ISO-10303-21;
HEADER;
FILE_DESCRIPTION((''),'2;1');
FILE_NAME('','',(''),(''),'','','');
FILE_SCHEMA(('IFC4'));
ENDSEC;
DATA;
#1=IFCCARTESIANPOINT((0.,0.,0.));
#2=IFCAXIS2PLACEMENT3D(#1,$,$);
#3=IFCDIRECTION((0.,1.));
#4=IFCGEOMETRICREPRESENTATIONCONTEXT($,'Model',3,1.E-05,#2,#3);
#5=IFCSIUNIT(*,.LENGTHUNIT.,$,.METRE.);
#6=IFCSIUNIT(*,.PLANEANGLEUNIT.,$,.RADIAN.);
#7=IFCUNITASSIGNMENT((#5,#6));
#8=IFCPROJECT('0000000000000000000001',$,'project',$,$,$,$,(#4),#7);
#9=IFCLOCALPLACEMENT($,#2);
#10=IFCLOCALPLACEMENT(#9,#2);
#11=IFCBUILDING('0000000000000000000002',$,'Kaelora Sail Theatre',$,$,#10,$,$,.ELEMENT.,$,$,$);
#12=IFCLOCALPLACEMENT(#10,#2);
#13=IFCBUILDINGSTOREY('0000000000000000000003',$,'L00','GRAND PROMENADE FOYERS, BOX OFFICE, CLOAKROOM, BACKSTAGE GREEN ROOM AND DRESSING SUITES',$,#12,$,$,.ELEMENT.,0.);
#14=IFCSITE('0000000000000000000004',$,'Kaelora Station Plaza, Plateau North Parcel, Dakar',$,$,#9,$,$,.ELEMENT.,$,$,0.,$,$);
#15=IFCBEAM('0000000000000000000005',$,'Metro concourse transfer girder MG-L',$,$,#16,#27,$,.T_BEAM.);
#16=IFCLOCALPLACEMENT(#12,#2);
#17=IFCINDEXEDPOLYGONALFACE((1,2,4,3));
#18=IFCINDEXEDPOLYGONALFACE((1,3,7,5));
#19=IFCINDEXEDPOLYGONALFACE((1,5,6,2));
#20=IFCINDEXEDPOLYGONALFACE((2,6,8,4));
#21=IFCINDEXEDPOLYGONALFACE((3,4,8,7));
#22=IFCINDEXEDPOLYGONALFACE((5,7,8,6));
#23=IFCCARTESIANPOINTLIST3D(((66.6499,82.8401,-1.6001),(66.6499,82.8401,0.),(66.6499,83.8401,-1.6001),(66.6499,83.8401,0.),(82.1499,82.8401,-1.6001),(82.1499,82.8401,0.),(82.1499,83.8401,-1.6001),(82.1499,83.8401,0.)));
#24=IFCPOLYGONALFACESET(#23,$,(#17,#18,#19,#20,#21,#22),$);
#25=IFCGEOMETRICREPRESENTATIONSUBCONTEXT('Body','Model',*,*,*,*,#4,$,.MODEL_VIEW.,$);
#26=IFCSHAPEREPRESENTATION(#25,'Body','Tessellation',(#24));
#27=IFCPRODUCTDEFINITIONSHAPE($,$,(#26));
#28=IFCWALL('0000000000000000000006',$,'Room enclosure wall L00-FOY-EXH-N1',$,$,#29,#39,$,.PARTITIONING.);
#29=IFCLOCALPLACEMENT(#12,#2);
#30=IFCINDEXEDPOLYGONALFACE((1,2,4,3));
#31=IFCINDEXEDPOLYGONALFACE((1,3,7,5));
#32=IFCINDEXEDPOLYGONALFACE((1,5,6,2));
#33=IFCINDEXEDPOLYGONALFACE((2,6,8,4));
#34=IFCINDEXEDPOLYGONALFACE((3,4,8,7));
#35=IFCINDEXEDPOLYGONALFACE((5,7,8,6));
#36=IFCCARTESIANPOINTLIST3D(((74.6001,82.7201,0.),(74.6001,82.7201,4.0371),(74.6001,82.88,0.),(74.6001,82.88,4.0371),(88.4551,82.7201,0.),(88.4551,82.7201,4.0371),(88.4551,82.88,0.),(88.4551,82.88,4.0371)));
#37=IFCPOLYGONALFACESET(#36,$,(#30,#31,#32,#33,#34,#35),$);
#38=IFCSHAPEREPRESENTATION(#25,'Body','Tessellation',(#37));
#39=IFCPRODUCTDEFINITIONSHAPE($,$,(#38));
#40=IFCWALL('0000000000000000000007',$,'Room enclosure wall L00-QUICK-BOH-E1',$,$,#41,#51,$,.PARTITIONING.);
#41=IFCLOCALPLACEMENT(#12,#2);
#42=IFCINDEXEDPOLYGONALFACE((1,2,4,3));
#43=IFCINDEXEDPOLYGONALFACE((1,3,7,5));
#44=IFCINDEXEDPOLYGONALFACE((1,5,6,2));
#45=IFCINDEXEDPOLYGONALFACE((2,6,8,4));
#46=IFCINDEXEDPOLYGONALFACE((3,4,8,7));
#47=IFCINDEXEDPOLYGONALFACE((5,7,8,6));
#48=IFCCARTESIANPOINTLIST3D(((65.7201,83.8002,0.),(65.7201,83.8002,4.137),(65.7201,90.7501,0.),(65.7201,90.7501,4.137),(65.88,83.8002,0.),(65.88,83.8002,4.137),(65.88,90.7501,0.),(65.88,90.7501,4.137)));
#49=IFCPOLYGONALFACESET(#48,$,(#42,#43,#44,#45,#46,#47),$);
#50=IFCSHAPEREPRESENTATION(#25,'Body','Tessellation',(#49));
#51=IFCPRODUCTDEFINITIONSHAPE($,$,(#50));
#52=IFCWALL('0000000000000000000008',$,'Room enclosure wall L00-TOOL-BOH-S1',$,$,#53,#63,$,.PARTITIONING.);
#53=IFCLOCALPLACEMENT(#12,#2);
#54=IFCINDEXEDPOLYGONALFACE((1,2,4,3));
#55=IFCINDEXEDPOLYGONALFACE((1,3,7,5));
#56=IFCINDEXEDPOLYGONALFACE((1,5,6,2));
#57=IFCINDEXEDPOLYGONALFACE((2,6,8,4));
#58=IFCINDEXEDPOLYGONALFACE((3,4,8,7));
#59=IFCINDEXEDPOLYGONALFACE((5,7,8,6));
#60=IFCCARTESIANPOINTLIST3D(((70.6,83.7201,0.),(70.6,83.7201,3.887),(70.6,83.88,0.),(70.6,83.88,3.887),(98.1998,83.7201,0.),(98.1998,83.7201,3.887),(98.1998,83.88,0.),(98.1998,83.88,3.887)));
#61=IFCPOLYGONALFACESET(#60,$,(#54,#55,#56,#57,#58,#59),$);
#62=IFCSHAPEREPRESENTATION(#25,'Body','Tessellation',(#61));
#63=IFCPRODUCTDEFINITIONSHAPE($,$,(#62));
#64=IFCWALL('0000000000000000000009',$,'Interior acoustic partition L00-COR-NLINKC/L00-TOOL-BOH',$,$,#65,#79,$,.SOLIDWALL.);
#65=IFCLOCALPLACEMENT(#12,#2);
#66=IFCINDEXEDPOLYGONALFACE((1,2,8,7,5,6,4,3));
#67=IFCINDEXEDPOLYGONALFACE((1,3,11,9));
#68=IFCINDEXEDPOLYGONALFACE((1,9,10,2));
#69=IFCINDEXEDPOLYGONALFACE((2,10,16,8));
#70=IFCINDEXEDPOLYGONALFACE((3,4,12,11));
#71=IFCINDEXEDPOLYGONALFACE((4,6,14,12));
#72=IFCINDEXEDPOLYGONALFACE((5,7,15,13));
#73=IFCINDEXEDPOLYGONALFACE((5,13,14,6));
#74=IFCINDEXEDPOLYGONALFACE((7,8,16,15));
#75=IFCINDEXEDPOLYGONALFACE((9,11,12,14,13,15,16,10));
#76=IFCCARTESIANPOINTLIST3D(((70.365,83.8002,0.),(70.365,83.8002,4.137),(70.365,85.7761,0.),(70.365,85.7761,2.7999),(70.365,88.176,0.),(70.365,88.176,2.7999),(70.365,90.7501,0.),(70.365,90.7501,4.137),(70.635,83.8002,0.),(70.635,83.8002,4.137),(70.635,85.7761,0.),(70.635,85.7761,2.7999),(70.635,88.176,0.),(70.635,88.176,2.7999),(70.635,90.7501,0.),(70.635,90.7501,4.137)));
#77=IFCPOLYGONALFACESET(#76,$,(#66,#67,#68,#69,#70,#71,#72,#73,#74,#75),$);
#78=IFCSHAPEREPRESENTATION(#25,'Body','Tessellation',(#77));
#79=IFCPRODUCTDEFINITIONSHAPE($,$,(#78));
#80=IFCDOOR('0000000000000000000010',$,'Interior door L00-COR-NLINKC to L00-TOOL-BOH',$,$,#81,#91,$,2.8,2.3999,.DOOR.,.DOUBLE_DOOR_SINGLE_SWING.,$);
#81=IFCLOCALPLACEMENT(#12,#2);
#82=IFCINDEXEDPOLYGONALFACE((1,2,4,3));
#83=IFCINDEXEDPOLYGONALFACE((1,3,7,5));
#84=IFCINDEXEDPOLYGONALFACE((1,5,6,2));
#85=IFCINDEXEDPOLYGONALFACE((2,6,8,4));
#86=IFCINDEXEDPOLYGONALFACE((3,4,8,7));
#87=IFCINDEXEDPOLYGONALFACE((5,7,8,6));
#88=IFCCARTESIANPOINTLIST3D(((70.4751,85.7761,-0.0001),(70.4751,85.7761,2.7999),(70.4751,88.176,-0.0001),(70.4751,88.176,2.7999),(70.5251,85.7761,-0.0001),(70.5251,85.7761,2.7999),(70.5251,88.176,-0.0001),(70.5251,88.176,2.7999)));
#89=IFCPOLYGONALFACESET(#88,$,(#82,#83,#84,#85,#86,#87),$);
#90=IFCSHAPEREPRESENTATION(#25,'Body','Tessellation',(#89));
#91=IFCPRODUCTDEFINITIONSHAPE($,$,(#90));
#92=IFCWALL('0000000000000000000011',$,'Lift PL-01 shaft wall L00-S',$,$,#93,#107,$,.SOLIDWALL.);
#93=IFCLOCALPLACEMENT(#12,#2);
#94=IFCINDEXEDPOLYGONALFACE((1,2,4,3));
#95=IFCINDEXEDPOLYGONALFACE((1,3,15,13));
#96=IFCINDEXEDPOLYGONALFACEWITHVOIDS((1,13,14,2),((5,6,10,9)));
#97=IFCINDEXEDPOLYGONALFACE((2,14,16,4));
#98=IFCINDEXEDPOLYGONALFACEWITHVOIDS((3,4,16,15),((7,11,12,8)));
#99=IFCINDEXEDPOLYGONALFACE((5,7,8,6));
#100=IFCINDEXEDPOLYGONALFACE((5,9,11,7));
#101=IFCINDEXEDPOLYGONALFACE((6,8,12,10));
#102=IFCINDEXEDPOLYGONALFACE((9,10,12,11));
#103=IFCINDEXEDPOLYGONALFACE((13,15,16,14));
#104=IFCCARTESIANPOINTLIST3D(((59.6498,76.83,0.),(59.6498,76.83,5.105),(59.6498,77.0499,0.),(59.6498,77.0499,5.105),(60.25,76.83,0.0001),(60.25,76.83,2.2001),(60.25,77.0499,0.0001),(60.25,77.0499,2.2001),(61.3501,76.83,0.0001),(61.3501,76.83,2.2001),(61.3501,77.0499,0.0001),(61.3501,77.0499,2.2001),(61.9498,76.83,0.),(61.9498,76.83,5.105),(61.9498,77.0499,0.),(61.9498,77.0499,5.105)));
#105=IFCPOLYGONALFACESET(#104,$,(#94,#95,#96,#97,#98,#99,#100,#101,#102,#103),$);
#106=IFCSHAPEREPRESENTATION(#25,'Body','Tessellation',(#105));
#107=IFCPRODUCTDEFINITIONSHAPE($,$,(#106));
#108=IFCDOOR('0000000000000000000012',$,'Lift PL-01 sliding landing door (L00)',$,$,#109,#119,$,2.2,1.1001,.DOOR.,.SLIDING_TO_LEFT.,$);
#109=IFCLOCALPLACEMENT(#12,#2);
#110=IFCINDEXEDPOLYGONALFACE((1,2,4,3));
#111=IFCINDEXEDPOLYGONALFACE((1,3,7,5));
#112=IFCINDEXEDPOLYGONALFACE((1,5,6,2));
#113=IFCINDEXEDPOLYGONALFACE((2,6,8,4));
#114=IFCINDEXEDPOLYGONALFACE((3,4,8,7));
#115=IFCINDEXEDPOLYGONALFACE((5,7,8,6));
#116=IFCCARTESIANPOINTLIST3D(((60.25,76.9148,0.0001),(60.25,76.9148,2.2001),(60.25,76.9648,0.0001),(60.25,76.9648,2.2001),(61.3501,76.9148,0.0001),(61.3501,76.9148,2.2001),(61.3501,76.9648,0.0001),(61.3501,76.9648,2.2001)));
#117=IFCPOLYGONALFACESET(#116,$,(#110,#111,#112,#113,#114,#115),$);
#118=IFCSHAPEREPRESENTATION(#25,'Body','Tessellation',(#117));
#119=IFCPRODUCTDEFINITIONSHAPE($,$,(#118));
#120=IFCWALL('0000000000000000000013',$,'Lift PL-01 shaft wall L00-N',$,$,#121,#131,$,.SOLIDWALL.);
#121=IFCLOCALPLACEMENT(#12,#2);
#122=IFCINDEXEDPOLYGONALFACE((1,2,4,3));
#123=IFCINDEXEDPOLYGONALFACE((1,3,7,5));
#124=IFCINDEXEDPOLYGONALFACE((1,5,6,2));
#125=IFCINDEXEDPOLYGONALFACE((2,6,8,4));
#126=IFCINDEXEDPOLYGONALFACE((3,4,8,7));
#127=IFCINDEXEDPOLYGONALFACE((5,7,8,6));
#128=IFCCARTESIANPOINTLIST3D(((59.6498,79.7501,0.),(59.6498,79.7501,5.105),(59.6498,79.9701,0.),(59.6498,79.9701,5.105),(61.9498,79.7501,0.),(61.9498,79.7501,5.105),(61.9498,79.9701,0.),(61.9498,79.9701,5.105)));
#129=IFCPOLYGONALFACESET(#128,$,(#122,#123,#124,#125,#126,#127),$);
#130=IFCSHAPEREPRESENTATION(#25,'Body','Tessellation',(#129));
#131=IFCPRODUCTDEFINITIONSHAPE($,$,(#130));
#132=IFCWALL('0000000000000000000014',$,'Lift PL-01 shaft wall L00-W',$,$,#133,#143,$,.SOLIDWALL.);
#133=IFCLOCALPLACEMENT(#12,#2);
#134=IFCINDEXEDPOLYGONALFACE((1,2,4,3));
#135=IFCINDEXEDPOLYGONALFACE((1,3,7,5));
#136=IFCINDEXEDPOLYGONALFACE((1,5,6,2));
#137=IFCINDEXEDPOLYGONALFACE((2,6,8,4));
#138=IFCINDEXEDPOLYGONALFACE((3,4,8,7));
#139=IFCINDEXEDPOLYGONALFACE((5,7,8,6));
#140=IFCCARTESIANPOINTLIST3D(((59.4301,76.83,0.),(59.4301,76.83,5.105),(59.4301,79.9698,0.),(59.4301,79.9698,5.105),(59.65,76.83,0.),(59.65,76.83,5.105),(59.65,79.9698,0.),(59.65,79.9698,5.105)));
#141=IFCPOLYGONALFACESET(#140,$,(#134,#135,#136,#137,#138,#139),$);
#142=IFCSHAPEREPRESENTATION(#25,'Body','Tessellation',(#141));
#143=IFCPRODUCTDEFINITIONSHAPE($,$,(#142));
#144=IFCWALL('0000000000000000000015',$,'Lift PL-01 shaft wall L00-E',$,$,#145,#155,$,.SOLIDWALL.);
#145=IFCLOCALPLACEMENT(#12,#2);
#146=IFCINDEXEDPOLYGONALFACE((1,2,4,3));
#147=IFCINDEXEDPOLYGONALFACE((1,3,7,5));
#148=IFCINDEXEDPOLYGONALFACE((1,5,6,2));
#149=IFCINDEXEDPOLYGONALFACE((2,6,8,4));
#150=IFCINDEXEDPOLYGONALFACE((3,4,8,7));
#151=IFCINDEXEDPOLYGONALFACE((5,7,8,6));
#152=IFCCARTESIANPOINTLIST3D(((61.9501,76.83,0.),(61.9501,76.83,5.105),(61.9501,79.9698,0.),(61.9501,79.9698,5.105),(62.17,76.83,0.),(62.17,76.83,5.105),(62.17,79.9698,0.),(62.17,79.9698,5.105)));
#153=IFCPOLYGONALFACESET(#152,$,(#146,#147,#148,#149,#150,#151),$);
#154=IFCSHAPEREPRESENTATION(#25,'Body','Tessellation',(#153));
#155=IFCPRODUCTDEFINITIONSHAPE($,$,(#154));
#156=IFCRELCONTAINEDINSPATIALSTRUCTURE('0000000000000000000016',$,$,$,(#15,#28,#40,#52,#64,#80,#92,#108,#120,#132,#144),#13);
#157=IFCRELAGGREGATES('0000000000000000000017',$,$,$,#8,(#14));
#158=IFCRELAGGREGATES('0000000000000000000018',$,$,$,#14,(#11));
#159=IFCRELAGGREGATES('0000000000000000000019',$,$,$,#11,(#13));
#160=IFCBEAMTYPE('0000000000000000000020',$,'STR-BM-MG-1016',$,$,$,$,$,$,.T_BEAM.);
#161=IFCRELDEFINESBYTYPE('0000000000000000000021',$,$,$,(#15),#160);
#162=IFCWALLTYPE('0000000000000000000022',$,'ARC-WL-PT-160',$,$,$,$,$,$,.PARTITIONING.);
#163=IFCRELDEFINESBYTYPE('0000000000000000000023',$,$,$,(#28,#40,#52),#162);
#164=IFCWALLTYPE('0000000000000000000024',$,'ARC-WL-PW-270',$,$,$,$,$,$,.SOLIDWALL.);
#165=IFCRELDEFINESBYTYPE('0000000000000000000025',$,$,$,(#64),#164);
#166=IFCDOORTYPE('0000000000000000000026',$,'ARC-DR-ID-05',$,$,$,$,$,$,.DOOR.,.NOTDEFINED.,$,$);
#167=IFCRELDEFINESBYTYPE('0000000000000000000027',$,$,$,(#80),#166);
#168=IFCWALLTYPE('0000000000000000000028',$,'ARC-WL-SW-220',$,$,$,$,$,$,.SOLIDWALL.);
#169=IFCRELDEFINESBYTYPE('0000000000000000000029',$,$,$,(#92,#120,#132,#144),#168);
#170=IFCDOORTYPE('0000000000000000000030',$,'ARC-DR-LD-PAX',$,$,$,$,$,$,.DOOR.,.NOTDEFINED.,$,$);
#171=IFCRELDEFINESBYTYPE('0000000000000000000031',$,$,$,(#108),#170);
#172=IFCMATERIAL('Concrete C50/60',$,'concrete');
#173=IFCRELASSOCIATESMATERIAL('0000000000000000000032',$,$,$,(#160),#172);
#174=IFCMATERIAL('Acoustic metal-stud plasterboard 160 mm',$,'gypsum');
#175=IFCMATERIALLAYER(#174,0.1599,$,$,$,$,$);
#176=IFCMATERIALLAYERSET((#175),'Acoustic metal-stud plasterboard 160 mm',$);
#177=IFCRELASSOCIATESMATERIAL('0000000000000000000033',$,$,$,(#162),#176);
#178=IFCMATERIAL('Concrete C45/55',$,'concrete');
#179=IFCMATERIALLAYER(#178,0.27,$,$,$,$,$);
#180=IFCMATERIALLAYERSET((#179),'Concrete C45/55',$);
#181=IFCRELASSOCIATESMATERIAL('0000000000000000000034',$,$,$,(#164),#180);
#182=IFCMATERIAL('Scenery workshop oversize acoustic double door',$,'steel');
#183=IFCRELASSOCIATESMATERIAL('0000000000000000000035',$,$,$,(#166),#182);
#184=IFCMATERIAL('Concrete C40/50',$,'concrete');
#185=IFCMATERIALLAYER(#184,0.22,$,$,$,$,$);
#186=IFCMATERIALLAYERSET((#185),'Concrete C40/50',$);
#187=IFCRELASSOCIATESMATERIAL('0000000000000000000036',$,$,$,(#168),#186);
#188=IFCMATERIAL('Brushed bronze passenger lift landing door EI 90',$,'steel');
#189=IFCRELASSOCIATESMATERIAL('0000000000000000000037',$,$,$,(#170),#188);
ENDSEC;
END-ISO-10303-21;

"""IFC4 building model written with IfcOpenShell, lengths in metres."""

from ifc_helpers import new_model, si_unit, direction, frame, frame_2d, origin, origin_2d, place, context, subcontext, project, spatial, rectangle, extrude, material, layer, layer_set, material_profile, profile_set, type_object, element, fill, save


model = new_model("IFC4")

# Units and contexts
model_context = context("Model", 3, precision=1e-05, world=origin(), true_north=direction((0.0, 1.0)))
body_context = subcontext(model_context, "Body", "Model", "MODEL_VIEW")
ifc_project = project(units=[si_unit("LENGTHUNIT", "METRE"), si_unit("PLANEANGLEUNIT", "RADIAN")], contexts=[model_context])

# Site, building, storey
site_placement = place(None, origin())
site = spatial("IfcSite", under=ifc_project, at=site_placement, Name="Kaelora Station Plaza, Plateau North Parcel, Dakar", CompositionType="ELEMENT", RefElevation=0.0)
building_placement = place(site_placement, origin())
building = spatial("IfcBuilding", under=site, at=building_placement, Name="Kaelora Sail Theatre", CompositionType="ELEMENT")
storey_placement = place(building_placement, origin())
storey = spatial("IfcBuildingStorey", under=building, at=storey_placement, Name="L00", Description="GRAND PROMENADE FOYERS, BOX OFFICE, CLOAKROOM, BACKSTAGE GREEN ROOM AND DRESSING SUITES", CompositionType="ELEMENT", Elevation=0.0)

# Beam
ifc_material_1 = material(Name="Concrete C50/60", Category="concrete")
ifc_material_profile_1 = material_profile(ifc_material_1, rectangle(XDim=1.0, YDim=1.6001, at=origin_2d()), Name="RC-TG 1000x1600")
ifc_profile_set_1 = profile_set([ifc_material_profile_1], Name="Concrete C50/60")
beam_type_1 = type_object("IfcBeamType", Name="STR-BM-MG-1016", PredefinedType="T_BEAM", material=ifc_profile_set_1)
beam_1_placement = place(storey_placement, frame((66.6499, 83.3401, -0.8), z_axis=(1.0, 0.0, 0.0), x_axis=(0.0, 1.0, 0.0)))
element("IfcBeam", 1, at=beam_1_placement, inside=storey, type_object=beam_type_1, Name="Metro concourse transfer girder MG-L", PredefinedType="T_BEAM", context=body_context, shape_type="SweptSolid", body=[
    extrude(rectangle(XDim=1.0, YDim=1.6001, at=origin_2d()), origin(), (0.0, 0.0, 1.0), 15.5),
])

# Walls
ifc_material_2 = material(Name="Acoustic metal-stud plasterboard 160 mm", Category="gypsum")
ifc_layer_1 = layer(ifc_material_2, 0.1599)
ifc_layer_set_1 = layer_set([ifc_layer_1], Name="Acoustic metal-stud plasterboard 160 mm")
wall_type_1 = type_object("IfcWallType", Name="ARC-WL-PT-160", PredefinedType="PARTITIONING", material=ifc_layer_set_1)
wall_1_placement = place(storey_placement, frame((74.6001, 82.8, 0.0), z_axis=(0.0, 0.0, 1.0), x_axis=(1.0, 0.0, 0.0)))
element("IfcWall", 2, at=wall_1_placement, inside=storey, type_object=wall_type_1, Name="Room enclosure wall L00-FOY-EXH-N1", PredefinedType="PARTITIONING", context=body_context, shape_type="SweptSolid", body=[
    extrude(rectangle(XDim=13.855, YDim=0.1599, at=frame_2d((6.9275, 0.0))), origin(), (0.0, 0.0, 1.0), 4.0371),
])
wall_2_placement = place(storey_placement, frame((65.8, 83.8, 0.0), z_axis=(0.0, 0.0, 1.0), x_axis=(0.0, 1.0, 0.0)))
element("IfcWall", 3, at=wall_2_placement, inside=storey, type_object=wall_type_1, Name="Room enclosure wall L00-QUICK-BOH-E1", PredefinedType="PARTITIONING", context=body_context, shape_type="SweptSolid", body=[
    extrude(rectangle(XDim=6.95, YDim=0.1599, at=frame_2d((3.4751, 0.0))), origin(), (0.0, 0.0, 1.0), 4.137),
])
wall_3_placement = place(storey_placement, frame((70.6001, 83.8, 0.0), z_axis=(0.0, 0.0, 1.0), x_axis=(1.0, 0.0, 0.0)))
element("IfcWall", 4, at=wall_3_placement, inside=storey, type_object=wall_type_1, Name="Room enclosure wall L00-TOOL-BOH-S1", PredefinedType="PARTITIONING", context=body_context, shape_type="SweptSolid", body=[
    extrude(rectangle(XDim=27.5999, YDim=0.1599, at=frame_2d((13.7998, 0.0))), origin(), (0.0, 0.0, 1.0), 3.887),
])

# Walls, openings, doors
ifc_material_3 = material(Name="Concrete C45/55", Category="concrete")
ifc_layer_2 = layer(ifc_material_3, 0.27)
ifc_layer_set_2 = layer_set([ifc_layer_2], Name="Concrete C45/55")
wall_type_2 = type_object("IfcWallType", Name="ARC-WL-PW-270", PredefinedType="SOLIDWALL", material=ifc_layer_set_2)
wall_4_placement = place(storey_placement, frame((70.5, 83.8, 0.0), z_axis=(0.0, 0.0, 1.0), x_axis=(0.0, 1.0, 0.0)))
wall_4 = element("IfcWall", 5, at=wall_4_placement, inside=storey, type_object=wall_type_2, Name="Interior acoustic partition L00-COR-NLINKC/L00-TOOL-BOH", PredefinedType="SOLIDWALL", context=body_context, shape_type="SweptSolid", body=[
    extrude(rectangle(XDim=6.95, YDim=0.27, at=frame_2d((3.4751, 0.0))), origin(), (0.0, 0.0, 1.0), 4.137),
])
opening_1_placement = place(wall_4_placement, frame((1.9761, 0.0, 0.0)))
opening_1 = element("IfcOpeningElement", 6, at=opening_1_placement, cuts=wall_4, PredefinedType="OPENING", context=body_context, shape_type="SweptSolid", body=[
    extrude(rectangle(XDim=2.3999, YDim=2.8, at=frame_2d((1.2, 1.3999))), frame((0.0, 0.145, 0.0), z_axis=(0.0, -1.0, 0.0), x_axis=(1.0, 0.0, 0.0)), (0.0, 0.0, 1.0), 0.29),
])
ifc_material_4 = material(Name="Scenery workshop oversize acoustic double door", Category="steel")
door_type_1 = type_object("IfcDoorType", Name="ARC-DR-ID-05", OperationType="NOTDEFINED", PredefinedType="DOOR", material=ifc_material_4)
door_1_placement = place(opening_1_placement, origin())
door_1 = element("IfcDoor", 7, at=door_1_placement, inside=storey, type_object=door_type_1, Name="Interior door L00-COR-NLINKC to L00-TOOL-BOH", OperationType="DOUBLE_DOOR_SINGLE_SWING", OverallHeight=2.8, OverallWidth=2.3999, PredefinedType="DOOR", context=body_context, shape_type="SweptSolid", body=[
    extrude(rectangle(XDim=2.3999, YDim=2.8, at=frame_2d((1.2, 1.3999))), frame((0.0, 0.0249, 0.0), z_axis=(0.0, -1.0, 0.0), x_axis=(1.0, 0.0, 0.0)), (0.0, 0.0, 1.0), 0.05),
])
fill(opening_1, door_1)
ifc_material_5 = material(Name="Concrete C40/50", Category="concrete")
ifc_layer_3 = layer(ifc_material_5, 0.22)
ifc_layer_set_3 = layer_set([ifc_layer_3], Name="Concrete C40/50")
wall_type_3 = type_object("IfcWallType", Name="ARC-WL-SW-220", PredefinedType="SOLIDWALL", material=ifc_layer_set_3)
wall_5_placement = place(storey_placement, frame((59.6499, 76.9399, 0.0), z_axis=(0.0, 0.0, 1.0), x_axis=(1.0, 0.0, 0.0)))
wall_5 = element("IfcWall", 8, at=wall_5_placement, inside=storey, type_object=wall_type_3, Name="Lift PL-01 shaft wall L00-S", PredefinedType="SOLIDWALL", context=body_context, shape_type="SweptSolid", body=[
    extrude(rectangle(XDim=2.3, YDim=0.22, at=frame_2d((1.1499, 0.0))), origin(), (0.0, 0.0, 1.0), 5.105),
])
opening_2_placement = place(wall_5_placement, frame((0.6001, 0.0, 0.0)))
opening_2 = element("IfcOpeningElement", 9, at=opening_2_placement, cuts=wall_5, PredefinedType="OPENING", context=body_context, shape_type="SweptSolid", body=[
    extrude(rectangle(XDim=1.1001, YDim=2.2, at=frame_2d((0.55, 1.1001))), frame((0.0, 0.1199, 0.0), z_axis=(0.0, -1.0, 0.0), x_axis=(1.0, 0.0, 0.0)), (0.0, 0.0, 1.0), 0.24),
])
ifc_material_6 = material(Name="Brushed bronze passenger lift landing door EI 90", Category="steel")
door_type_2 = type_object("IfcDoorType", Name="ARC-DR-LD-PAX", OperationType="NOTDEFINED", PredefinedType="DOOR", material=ifc_material_6)
door_2_placement = place(opening_2_placement, origin())
door_2 = element("IfcDoor", 10, at=door_2_placement, inside=storey, type_object=door_type_2, Name="Lift PL-01 sliding landing door (L00)", OperationType="SLIDING_TO_LEFT", OverallHeight=2.2, OverallWidth=1.1001, PredefinedType="DOOR", context=body_context, shape_type="SweptSolid", body=[
    extrude(rectangle(XDim=1.1001, YDim=2.2, at=frame_2d((0.55, 1.1001))), frame((0.0, 0.0249, 0.0), z_axis=(0.0, -1.0, 0.0), x_axis=(1.0, 0.0, 0.0)), (0.0, 0.0, 1.0), 0.05),
])
fill(opening_2, door_2)

# Walls
wall_6_placement = place(storey_placement, frame((59.6499, 79.8601, 0.0), z_axis=(0.0, 0.0, 1.0), x_axis=(1.0, 0.0, 0.0)))
element("IfcWall", 11, at=wall_6_placement, inside=storey, type_object=wall_type_3, Name="Lift PL-01 shaft wall L00-N", PredefinedType="SOLIDWALL", context=body_context, shape_type="SweptSolid", body=[
    extrude(rectangle(XDim=2.3, YDim=0.22, at=frame_2d((1.1499, 0.0))), origin(), (0.0, 0.0, 1.0), 5.105),
])
for number, where, z_axis, x_axis, name in (
    (12, (59.54, 76.8301, 0.0), (0.0, 0.0, 1.0), (0.0, 1.0, 0.0), "Lift PL-01 shaft wall L00-W"),
    (13, (62.0601, 76.8301, 0.0), (0.0, 0.0, 1.0), (0.0, 1.0, 0.0), "Lift PL-01 shaft wall L00-E"),
):
    element("IfcWall", number, at=place(storey_placement, frame(where, z_axis=z_axis, x_axis=x_axis)), inside=storey, type_object=wall_type_3, Name=name, PredefinedType="SOLIDWALL", context=body_context, shape_type="SweptSolid", body=[
        extrude(rectangle(XDim=3.1399, YDim=0.22, at=frame_2d((1.5698, 0.0))), origin(), (0.0, 0.0, 1.0), 5.105),
    ])

save(model, "model.ifc")
